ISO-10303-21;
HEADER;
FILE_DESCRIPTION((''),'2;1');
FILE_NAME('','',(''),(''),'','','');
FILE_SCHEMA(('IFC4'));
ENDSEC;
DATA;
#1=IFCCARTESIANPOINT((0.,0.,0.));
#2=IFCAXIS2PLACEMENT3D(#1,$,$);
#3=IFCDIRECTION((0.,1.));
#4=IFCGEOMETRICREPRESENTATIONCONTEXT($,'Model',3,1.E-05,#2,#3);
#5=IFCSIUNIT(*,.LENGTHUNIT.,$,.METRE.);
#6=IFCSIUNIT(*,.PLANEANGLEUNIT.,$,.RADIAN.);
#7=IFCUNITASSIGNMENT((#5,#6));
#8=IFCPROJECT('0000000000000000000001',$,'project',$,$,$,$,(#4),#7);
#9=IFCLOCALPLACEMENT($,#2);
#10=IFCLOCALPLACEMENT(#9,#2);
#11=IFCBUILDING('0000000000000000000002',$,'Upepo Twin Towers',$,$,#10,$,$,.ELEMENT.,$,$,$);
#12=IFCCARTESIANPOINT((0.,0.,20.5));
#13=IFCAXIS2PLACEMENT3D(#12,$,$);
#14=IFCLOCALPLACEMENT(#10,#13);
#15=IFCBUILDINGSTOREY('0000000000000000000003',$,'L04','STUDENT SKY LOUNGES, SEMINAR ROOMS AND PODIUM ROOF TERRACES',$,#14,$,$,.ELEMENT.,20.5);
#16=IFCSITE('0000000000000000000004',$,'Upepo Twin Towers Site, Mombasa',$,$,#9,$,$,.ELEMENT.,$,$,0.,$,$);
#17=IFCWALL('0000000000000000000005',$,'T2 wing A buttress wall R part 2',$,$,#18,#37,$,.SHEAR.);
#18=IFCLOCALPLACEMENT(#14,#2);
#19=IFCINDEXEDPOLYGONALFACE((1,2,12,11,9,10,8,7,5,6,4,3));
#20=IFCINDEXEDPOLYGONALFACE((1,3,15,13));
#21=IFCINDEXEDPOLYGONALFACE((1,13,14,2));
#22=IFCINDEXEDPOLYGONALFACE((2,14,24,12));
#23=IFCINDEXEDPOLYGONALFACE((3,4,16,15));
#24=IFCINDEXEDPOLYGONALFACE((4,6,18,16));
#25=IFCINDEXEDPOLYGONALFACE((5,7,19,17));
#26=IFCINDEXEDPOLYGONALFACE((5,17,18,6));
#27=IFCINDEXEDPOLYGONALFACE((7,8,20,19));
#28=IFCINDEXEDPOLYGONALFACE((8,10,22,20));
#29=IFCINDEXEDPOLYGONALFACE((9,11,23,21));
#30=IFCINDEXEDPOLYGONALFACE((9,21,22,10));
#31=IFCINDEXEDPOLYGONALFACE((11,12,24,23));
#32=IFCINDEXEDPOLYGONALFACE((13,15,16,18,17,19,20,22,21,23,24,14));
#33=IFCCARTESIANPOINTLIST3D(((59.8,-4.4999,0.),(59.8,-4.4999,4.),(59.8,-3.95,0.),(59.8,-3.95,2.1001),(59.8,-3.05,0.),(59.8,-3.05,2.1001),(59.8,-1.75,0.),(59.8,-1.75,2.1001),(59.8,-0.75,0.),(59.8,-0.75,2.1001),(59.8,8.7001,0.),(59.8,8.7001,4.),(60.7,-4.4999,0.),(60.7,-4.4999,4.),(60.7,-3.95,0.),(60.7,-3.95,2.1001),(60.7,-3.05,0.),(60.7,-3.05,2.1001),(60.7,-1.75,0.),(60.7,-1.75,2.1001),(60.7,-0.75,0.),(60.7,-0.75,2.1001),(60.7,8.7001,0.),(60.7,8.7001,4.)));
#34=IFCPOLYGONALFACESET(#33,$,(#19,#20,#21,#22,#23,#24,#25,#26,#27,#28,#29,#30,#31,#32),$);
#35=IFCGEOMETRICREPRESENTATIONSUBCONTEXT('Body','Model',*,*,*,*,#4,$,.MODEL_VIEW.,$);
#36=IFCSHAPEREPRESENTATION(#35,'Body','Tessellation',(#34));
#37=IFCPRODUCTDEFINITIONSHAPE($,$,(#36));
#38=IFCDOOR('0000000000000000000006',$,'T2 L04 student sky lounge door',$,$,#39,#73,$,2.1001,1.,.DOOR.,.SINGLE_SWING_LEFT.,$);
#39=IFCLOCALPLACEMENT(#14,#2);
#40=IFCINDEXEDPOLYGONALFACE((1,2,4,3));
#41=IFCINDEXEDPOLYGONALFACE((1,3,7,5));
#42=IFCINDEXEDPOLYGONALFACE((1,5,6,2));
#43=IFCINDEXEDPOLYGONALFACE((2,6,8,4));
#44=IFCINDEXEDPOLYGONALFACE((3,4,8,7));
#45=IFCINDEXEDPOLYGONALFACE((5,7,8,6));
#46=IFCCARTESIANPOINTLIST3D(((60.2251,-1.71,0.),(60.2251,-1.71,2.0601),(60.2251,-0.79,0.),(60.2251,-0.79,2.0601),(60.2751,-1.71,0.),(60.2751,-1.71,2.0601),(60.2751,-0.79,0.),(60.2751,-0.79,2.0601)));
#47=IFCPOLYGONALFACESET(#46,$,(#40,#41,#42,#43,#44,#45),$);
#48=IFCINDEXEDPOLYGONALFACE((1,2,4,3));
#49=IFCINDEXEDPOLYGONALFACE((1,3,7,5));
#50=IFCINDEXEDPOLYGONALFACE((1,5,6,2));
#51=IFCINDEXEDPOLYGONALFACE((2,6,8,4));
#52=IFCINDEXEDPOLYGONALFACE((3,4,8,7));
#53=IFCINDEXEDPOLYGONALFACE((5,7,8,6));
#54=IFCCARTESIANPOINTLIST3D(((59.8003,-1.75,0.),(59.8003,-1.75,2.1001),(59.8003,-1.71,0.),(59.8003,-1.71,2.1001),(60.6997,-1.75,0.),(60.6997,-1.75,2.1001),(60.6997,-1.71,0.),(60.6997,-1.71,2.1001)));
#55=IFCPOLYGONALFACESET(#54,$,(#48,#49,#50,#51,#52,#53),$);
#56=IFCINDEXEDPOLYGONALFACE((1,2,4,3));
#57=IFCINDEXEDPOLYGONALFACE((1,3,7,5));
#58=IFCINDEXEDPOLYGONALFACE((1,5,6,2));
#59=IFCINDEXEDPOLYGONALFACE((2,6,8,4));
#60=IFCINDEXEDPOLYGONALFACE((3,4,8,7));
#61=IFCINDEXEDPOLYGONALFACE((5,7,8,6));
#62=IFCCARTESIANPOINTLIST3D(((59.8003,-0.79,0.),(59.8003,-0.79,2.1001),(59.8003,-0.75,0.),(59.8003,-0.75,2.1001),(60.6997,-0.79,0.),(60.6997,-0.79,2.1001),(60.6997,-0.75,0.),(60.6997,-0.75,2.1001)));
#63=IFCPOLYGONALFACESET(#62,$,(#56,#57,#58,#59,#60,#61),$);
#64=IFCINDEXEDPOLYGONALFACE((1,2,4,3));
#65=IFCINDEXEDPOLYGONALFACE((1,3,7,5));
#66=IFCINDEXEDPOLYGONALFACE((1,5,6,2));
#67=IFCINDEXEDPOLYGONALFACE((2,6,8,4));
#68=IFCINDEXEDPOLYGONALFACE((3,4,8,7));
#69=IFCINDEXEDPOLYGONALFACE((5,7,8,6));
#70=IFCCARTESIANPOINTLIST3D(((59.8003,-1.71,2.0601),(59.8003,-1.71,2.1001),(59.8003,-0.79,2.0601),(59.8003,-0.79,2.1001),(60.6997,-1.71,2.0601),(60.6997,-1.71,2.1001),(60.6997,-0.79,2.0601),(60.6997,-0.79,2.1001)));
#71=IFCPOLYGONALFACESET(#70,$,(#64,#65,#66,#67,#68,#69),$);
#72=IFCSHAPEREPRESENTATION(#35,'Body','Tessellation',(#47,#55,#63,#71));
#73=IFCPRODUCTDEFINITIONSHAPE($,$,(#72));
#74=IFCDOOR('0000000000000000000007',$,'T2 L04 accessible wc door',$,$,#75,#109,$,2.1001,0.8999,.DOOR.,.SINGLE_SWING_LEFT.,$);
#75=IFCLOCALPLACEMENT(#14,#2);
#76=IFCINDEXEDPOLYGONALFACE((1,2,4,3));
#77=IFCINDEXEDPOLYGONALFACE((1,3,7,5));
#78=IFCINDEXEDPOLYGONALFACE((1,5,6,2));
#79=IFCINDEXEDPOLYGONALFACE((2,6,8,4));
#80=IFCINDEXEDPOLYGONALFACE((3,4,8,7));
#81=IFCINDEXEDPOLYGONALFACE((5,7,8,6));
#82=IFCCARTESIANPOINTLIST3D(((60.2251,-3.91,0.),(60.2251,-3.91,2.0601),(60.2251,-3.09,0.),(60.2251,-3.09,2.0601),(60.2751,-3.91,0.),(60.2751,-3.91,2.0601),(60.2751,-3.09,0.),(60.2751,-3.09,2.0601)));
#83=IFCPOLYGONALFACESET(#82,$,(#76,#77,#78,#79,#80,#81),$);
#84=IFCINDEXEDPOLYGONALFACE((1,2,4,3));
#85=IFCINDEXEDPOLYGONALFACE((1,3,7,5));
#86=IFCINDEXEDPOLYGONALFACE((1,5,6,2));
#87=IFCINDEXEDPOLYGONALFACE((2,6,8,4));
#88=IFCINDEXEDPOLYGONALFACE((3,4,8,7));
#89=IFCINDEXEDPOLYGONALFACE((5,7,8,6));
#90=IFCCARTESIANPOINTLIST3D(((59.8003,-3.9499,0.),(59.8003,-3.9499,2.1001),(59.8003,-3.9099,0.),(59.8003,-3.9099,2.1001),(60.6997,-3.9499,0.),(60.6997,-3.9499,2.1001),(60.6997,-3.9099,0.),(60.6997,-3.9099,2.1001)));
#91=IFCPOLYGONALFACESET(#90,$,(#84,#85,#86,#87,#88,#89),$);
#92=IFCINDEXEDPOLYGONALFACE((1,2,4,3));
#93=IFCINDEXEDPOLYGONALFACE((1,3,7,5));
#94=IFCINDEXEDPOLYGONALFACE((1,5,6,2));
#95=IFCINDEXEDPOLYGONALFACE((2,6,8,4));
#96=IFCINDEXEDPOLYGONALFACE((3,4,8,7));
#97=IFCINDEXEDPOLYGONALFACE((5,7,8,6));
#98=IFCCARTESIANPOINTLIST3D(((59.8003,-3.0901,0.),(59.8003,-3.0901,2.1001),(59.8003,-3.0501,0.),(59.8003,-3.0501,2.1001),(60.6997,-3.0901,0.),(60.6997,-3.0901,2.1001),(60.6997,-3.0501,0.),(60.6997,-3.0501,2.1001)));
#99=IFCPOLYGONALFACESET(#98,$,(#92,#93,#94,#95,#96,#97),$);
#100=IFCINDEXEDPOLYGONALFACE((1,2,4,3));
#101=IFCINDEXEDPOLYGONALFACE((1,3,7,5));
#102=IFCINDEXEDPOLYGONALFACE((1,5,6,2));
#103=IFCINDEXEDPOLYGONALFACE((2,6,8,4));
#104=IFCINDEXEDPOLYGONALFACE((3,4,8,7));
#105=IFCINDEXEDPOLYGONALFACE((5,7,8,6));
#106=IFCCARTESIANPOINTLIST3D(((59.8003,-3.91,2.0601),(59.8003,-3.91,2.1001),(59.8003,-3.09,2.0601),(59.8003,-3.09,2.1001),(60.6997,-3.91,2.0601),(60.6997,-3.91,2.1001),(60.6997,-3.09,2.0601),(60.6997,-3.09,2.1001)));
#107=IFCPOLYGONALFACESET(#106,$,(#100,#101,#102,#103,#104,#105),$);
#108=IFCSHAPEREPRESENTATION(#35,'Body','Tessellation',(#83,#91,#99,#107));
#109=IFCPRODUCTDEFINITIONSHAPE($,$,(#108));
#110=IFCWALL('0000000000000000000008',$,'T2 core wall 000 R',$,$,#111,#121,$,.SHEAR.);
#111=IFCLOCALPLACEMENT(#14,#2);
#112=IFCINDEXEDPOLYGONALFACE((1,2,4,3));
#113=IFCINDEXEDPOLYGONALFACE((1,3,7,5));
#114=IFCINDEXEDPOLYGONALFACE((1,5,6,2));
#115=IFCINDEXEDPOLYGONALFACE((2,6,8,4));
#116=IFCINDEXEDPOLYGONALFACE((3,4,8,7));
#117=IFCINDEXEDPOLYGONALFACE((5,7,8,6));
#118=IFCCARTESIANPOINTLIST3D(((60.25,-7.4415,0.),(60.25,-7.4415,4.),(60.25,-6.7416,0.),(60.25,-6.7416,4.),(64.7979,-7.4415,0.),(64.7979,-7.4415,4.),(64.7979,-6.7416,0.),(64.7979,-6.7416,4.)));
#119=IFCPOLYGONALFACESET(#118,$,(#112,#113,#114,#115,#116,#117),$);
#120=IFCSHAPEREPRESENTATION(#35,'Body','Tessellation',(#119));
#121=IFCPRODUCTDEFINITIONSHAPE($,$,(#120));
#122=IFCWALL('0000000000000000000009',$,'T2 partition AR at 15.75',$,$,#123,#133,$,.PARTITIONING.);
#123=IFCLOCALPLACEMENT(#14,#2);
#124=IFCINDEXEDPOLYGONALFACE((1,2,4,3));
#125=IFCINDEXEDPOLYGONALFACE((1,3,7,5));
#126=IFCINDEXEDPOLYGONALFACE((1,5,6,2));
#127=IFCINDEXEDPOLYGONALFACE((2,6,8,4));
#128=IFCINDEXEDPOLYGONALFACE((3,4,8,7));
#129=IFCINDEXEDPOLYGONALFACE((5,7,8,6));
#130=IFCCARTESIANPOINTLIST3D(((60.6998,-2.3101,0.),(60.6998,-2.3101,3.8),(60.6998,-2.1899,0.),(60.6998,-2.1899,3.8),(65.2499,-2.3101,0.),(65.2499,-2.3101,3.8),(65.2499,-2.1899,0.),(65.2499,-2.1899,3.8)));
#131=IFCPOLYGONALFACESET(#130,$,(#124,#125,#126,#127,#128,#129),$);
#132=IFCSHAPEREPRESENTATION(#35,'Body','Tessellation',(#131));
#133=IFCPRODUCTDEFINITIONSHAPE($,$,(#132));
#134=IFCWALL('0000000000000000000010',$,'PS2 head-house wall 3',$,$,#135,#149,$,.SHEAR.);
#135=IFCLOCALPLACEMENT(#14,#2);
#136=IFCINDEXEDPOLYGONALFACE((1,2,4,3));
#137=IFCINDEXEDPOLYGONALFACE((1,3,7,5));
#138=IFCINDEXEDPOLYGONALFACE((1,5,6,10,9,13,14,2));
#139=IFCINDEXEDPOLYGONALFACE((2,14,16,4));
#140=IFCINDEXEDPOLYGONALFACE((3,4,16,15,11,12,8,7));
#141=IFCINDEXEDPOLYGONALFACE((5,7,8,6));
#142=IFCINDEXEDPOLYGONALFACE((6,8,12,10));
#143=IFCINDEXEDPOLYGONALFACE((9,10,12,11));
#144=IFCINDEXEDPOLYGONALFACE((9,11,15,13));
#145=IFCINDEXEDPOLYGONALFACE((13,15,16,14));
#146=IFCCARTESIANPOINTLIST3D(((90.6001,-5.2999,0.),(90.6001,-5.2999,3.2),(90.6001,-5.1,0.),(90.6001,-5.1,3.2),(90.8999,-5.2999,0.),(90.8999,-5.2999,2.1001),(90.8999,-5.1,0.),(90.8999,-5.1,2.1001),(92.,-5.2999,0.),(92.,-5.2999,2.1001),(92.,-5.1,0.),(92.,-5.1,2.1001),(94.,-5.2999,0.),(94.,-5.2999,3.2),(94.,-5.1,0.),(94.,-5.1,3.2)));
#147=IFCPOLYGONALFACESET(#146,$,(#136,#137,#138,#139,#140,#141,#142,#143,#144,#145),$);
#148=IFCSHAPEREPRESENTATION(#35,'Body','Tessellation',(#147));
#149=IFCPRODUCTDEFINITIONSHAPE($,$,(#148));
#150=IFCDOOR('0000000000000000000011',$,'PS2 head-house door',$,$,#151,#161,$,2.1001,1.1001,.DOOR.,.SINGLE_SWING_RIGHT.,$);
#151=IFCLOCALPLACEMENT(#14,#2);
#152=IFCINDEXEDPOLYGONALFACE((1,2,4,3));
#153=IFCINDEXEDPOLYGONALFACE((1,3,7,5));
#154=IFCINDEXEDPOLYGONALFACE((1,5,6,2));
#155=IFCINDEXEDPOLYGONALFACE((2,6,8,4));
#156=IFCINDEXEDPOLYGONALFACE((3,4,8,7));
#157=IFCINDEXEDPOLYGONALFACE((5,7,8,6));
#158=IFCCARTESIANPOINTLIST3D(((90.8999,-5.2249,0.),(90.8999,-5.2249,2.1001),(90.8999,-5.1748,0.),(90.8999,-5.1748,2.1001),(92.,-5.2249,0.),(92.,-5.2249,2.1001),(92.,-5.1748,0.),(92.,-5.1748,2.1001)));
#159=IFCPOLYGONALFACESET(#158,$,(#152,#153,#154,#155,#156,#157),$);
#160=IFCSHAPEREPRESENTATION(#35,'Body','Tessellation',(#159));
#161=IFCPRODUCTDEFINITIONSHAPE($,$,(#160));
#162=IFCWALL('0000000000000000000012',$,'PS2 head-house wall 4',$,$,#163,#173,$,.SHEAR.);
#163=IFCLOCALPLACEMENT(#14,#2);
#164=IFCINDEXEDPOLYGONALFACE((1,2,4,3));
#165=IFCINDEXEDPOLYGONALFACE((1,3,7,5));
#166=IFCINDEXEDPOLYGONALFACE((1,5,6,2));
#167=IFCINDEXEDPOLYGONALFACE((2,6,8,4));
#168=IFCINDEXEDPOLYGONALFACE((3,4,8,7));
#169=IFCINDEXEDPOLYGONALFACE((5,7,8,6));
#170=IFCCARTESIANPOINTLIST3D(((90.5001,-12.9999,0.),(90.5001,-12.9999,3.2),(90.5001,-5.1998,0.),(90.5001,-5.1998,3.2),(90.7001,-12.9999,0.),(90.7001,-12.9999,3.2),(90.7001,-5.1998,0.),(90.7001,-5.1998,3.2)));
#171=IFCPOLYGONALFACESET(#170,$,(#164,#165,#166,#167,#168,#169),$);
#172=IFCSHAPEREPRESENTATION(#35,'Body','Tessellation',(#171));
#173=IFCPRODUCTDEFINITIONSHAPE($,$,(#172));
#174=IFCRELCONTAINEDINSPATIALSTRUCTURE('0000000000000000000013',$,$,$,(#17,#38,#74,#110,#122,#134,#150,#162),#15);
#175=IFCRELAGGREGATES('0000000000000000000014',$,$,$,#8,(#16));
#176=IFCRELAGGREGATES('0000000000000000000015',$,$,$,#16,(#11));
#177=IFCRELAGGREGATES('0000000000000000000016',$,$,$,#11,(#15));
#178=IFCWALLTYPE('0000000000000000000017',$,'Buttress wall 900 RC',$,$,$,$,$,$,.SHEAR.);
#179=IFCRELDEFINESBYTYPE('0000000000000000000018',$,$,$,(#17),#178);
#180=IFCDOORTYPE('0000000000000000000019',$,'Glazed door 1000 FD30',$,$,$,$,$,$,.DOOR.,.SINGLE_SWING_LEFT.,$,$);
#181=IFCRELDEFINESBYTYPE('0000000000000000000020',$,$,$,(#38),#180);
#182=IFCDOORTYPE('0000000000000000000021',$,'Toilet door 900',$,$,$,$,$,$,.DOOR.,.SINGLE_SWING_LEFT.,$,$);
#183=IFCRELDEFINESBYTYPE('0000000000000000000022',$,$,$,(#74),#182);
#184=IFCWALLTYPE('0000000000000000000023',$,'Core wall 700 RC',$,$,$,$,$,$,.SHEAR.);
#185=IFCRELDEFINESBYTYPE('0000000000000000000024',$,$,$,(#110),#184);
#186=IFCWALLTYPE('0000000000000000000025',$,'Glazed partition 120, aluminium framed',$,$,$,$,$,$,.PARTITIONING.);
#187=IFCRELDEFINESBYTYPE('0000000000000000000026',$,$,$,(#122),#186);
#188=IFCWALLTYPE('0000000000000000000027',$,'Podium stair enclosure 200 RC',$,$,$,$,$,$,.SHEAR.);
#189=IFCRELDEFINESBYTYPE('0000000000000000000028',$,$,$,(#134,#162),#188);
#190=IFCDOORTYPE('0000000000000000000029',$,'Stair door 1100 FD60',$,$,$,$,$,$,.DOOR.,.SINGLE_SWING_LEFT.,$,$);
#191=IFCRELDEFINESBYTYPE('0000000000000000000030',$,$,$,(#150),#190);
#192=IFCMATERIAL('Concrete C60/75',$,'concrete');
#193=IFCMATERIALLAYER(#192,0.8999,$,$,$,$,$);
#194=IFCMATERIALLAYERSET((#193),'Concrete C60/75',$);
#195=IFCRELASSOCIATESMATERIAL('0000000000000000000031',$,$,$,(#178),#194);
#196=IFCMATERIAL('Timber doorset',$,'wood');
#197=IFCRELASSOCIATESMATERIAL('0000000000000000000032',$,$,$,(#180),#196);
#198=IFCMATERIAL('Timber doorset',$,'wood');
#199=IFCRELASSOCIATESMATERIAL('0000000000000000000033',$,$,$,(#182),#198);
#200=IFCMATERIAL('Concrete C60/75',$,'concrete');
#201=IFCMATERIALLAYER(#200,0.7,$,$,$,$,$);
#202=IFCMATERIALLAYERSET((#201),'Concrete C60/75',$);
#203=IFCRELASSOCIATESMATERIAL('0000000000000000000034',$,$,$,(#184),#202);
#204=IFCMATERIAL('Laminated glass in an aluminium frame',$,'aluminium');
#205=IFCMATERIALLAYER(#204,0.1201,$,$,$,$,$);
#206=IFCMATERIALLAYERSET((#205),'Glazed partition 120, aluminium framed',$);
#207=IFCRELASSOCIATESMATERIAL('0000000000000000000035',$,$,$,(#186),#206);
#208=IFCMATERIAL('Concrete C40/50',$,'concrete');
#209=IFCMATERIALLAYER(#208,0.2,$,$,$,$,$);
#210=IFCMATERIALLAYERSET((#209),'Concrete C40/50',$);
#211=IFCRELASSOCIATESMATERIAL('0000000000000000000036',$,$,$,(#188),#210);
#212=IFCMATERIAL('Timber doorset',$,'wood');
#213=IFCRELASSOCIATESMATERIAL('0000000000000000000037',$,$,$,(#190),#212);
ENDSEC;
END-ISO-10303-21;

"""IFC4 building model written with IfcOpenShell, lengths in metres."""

from ifc_helpers import new_model, si_unit, direction, frame, frame_2d, origin, place, context, subcontext, project, spatial, rectangle, extrude, material, layer, layer_set, type_object, element, fill, save


model = new_model("IFC4")

# Units and contexts
model_context = context("Model", 3, precision=1e-05, world=origin(), true_north=direction((0.0, 1.0)))
body_context = subcontext(model_context, "Body", "Model", "MODEL_VIEW")
ifc_project = project(units=[si_unit("LENGTHUNIT", "METRE"), si_unit("PLANEANGLEUNIT", "RADIAN")], contexts=[model_context])

# Site, building, storey
site_placement = place(None, origin())
site = spatial("IfcSite", under=ifc_project, at=site_placement, Name="Upepo Twin Towers Site, Mombasa", CompositionType="ELEMENT", RefElevation=0.0)
building_placement = place(site_placement, origin())
building = spatial("IfcBuilding", under=site, at=building_placement, Name="Upepo Twin Towers", CompositionType="ELEMENT")
storey_placement = place(building_placement, frame((0.0, 0.0, 20.5)))
storey = spatial("IfcBuildingStorey", under=building, at=storey_placement, Name="L04", Description="STUDENT SKY LOUNGES, SEMINAR ROOMS AND PODIUM ROOF TERRACES", CompositionType="ELEMENT", Elevation=20.5)

# Wall, openings, doors
ifc_material_1 = material(Name="Concrete C60/75", Category="concrete")
ifc_layer_1 = layer(ifc_material_1, 0.8999)
ifc_layer_set_1 = layer_set([ifc_layer_1], Name="Concrete C60/75")
wall_type_1 = type_object("IfcWallType", Name="Buttress wall 900 RC", PredefinedType="SHEAR", material=ifc_layer_set_1)
wall_1_placement = place(storey_placement, frame((60.25, -4.5, 0.0), z_axis=(0.0, 0.0, 1.0), x_axis=(0.0, 1.0, 0.0)))
wall_1 = element("IfcWall", 1, at=wall_1_placement, inside=storey, type_object=wall_type_1, Name="T2 wing A buttress wall R part 2", PredefinedType="SHEAR", context=body_context, shape_type="SweptSolid", body=[
    extrude(rectangle(XDim=13.2, YDim=0.8999, at=frame_2d((6.6001, 0.0))), origin(), (0.0, 0.0, 1.0), 4.0),
])
opening_1_placement = place(wall_1_placement, frame((0.55, 0.0, 0.0)))
opening_1 = element("IfcOpeningElement", 2, at=opening_1_placement, cuts=wall_1, PredefinedType="OPENING", context=body_context, shape_type="SweptSolid", body=[
    extrude(rectangle(XDim=0.8999, YDim=2.1001, at=frame_2d((0.45, 1.05))), frame((0.0, 0.46, 0.0), z_axis=(0.0, -1.0, 0.0), x_axis=(1.0, 0.0, 0.0)), (0.0, 0.0, 1.0), 0.9199),
])
opening_2_placement = place(wall_1_placement, frame((2.75, 0.0, 0.0)))
opening_2 = element("IfcOpeningElement", 3, at=opening_2_placement, cuts=wall_1, PredefinedType="OPENING", context=body_context, shape_type="SweptSolid", body=[
    extrude(rectangle(XDim=1.0, YDim=2.1001, at=frame_2d((0.5, 1.05))), frame((0.0, 0.46, 0.0), z_axis=(0.0, -1.0, 0.0), x_axis=(1.0, 0.0, 0.0)), (0.0, 0.0, 1.0), 0.9199),
])
ifc_material_2 = material(Name="Timber doorset", Category="wood")
door_type_1 = type_object("IfcDoorType", Name="Glazed door 1000 FD30", OperationType="SINGLE_SWING_LEFT", PredefinedType="DOOR", material=ifc_material_2)
door_1_placement = place(opening_2_placement, origin())
door_1 = element("IfcDoor", 4, at=door_1_placement, inside=storey, type_object=door_type_1, Name="T2 L04 student sky lounge door", OperationType="SINGLE_SWING_LEFT", OverallHeight=2.1001, OverallWidth=1.0, PredefinedType="DOOR", context=body_context, shape_type="SweptSolid", body=[
    extrude(rectangle(XDim=0.92, YDim=2.0601, at=frame_2d((0.5, 1.03))), frame((0.0, 0.0249, 0.0), z_axis=(0.0, -1.0, 0.0), x_axis=(1.0, 0.0, 0.0)), (0.0, 0.0, 1.0), 0.05),
    extrude(rectangle(XDim=0.04, YDim=2.1001, at=frame_2d((0.02, 1.05))), frame((0.0, 0.4497, 0.0), z_axis=(0.0, -1.0, 0.0), x_axis=(1.0, 0.0, 0.0)), (0.0, 0.0, 1.0), 0.8994),
    extrude(rectangle(XDim=0.04, YDim=2.1001, at=frame_2d((0.98, 1.05))), frame((0.0, 0.4497, 0.0), z_axis=(0.0, -1.0, 0.0), x_axis=(1.0, 0.0, 0.0)), (0.0, 0.0, 1.0), 0.8994),
    extrude(rectangle(XDim=0.92, YDim=0.04, at=frame_2d((0.5, 2.0801))), frame((0.0, 0.4497, 0.0), z_axis=(0.0, -1.0, 0.0), x_axis=(1.0, 0.0, 0.0)), (0.0, 0.0, 1.0), 0.8994),
])
fill(opening_2, door_1)
ifc_material_3 = material(Name="Timber doorset", Category="wood")
door_type_2 = type_object("IfcDoorType", Name="Toilet door 900", OperationType="SINGLE_SWING_LEFT", PredefinedType="DOOR", material=ifc_material_3)
door_2_placement = place(opening_1_placement, origin())
door_2 = element("IfcDoor", 5, at=door_2_placement, inside=storey, type_object=door_type_2, Name="T2 L04 accessible wc door", OperationType="SINGLE_SWING_LEFT", OverallHeight=2.1001, OverallWidth=0.8999, PredefinedType="DOOR", context=body_context, shape_type="SweptSolid", body=[
    extrude(rectangle(XDim=0.8199, YDim=2.0601, at=frame_2d((0.45, 1.03))), frame((0.0, 0.0249, 0.0), z_axis=(0.0, -1.0, 0.0), x_axis=(1.0, 0.0, 0.0)), (0.0, 0.0, 1.0), 0.05),
    extrude(rectangle(XDim=0.04, YDim=2.1001, at=frame_2d((0.02, 1.05))), frame((0.0, 0.4497, 0.0), z_axis=(0.0, -1.0, 0.0), x_axis=(1.0, 0.0, 0.0)), (0.0, 0.0, 1.0), 0.8994),
    extrude(rectangle(XDim=0.04, YDim=2.1001, at=frame_2d((0.8799, 1.05))), frame((0.0, 0.4497, 0.0), z_axis=(0.0, -1.0, 0.0), x_axis=(1.0, 0.0, 0.0)), (0.0, 0.0, 1.0), 0.8994),
    extrude(rectangle(XDim=0.8199, YDim=0.04, at=frame_2d((0.45, 2.0801))), frame((0.0, 0.4497, 0.0), z_axis=(0.0, -1.0, 0.0), x_axis=(1.0, 0.0, 0.0)), (0.0, 0.0, 1.0), 0.8994),
])
fill(opening_1, door_2)

# Walls
ifc_material_4 = material(Name="Concrete C60/75", Category="concrete")
ifc_layer_2 = layer(ifc_material_4, 0.7)
ifc_layer_set_2 = layer_set([ifc_layer_2], Name="Concrete C60/75")
wall_type_2 = type_object("IfcWallType", Name="Core wall 700 RC", PredefinedType="SHEAR", material=ifc_layer_set_2)
wall_2_placement = place(storey_placement, frame((64.7979, -7.0916, 0.0), z_axis=(0.0, 0.0, 1.0), x_axis=(-1.0, 0.0, 0.0)))
element("IfcWall", 6, at=wall_2_placement, inside=storey, type_object=wall_type_2, Name="T2 core wall 000 R", PredefinedType="SHEAR", context=body_context, shape_type="SweptSolid", body=[
    extrude(rectangle(XDim=4.5479, YDim=0.7, at=frame_2d((2.2739, 0.0))), origin(), (0.0, 0.0, 1.0), 4.0),
])
ifc_material_5 = material(Name="Laminated glass in an aluminium frame", Category="aluminium")
ifc_layer_3 = layer(ifc_material_5, 0.1201)
ifc_layer_set_3 = layer_set([ifc_layer_3], Name="Glazed partition 120, aluminium framed")
wall_type_3 = type_object("IfcWallType", Name="Glazed partition 120, aluminium framed", PredefinedType="PARTITIONING", material=ifc_layer_set_3)
wall_3_placement = place(storey_placement, frame((60.7, -2.25, 0.0), z_axis=(0.0, 0.0, 1.0), x_axis=(1.0, 0.0, 0.0)))
element("IfcWall", 7, at=wall_3_placement, inside=storey, type_object=wall_type_3, Name="T2 partition AR at 15.75", PredefinedType="PARTITIONING", context=body_context, shape_type="SweptSolid", body=[
    extrude(rectangle(XDim=4.55, YDim=0.1201, at=frame_2d((2.2749, 0.0))), origin(), (0.0, 0.0, 1.0), 3.8),
])

# Wall, opening, door
ifc_material_6 = material(Name="Concrete C40/50", Category="concrete")
ifc_layer_4 = layer(ifc_material_6, 0.2)
ifc_layer_set_4 = layer_set([ifc_layer_4], Name="Concrete C40/50")
wall_type_4 = type_object("IfcWallType", Name="Podium stair enclosure 200 RC", PredefinedType="SHEAR", material=ifc_layer_set_4)
wall_4_placement = place(storey_placement, frame((94.0, -5.2, 0.0), z_axis=(0.0, 0.0, 1.0), x_axis=(-1.0, 0.0, 0.0)))
wall_4 = element("IfcWall", 8, at=wall_4_placement, inside=storey, type_object=wall_type_4, Name="PS2 head-house wall 3", PredefinedType="SHEAR", context=body_context, shape_type="SweptSolid", body=[
    extrude(rectangle(XDim=3.3999, YDim=0.2, at=frame_2d((1.7, 0.0))), origin(), (0.0, 0.0, 1.0), 3.2),
])
opening_3_placement = place(wall_4_placement, frame((2.0, 0.0, 0.0)))
opening_3 = element("IfcOpeningElement", 9, at=opening_3_placement, cuts=wall_4, PredefinedType="OPENING", context=body_context, shape_type="SweptSolid", body=[
    extrude(rectangle(XDim=1.1001, YDim=2.1001, at=frame_2d((0.55, 1.05))), frame((0.0, 0.1099, 0.0), z_axis=(0.0, -1.0, 0.0), x_axis=(1.0, 0.0, 0.0)), (0.0, 0.0, 1.0), 0.22),
])
ifc_material_7 = material(Name="Timber doorset", Category="wood")
door_type_3 = type_object("IfcDoorType", Name="Stair door 1100 FD60", OperationType="SINGLE_SWING_LEFT", PredefinedType="DOOR", material=ifc_material_7)
door_3_placement = place(opening_3_placement, origin())
door_3 = element("IfcDoor", 10, at=door_3_placement, inside=storey, type_object=door_type_3, Name="PS2 head-house door", OperationType="SINGLE_SWING_RIGHT", OverallHeight=2.1001, OverallWidth=1.1001, PredefinedType="DOOR", context=body_context, shape_type="SweptSolid", body=[
    extrude(rectangle(XDim=1.1001, YDim=2.1001, at=frame_2d((0.55, 1.05))), frame((0.0, 0.0249, 0.0), z_axis=(0.0, -1.0, 0.0), x_axis=(1.0, 0.0, 0.0)), (0.0, 0.0, 1.0), 0.05),
])
fill(opening_3, door_3)

# Wall
wall_5_placement = place(storey_placement, frame((90.6001, -5.2, 0.0), z_axis=(0.0, 0.0, 1.0), x_axis=(0.0, -1.0, 0.0)))
element("IfcWall", 11, at=wall_5_placement, inside=storey, type_object=wall_type_4, Name="PS2 head-house wall 4", PredefinedType="SHEAR", context=body_context, shape_type="SweptSolid", body=[
    extrude(rectangle(XDim=7.8, YDim=0.2, at=frame_2d((3.8999, 0.0))), origin(), (0.0, 0.0, 1.0), 3.2),
])

save(model, "model.ifc")
